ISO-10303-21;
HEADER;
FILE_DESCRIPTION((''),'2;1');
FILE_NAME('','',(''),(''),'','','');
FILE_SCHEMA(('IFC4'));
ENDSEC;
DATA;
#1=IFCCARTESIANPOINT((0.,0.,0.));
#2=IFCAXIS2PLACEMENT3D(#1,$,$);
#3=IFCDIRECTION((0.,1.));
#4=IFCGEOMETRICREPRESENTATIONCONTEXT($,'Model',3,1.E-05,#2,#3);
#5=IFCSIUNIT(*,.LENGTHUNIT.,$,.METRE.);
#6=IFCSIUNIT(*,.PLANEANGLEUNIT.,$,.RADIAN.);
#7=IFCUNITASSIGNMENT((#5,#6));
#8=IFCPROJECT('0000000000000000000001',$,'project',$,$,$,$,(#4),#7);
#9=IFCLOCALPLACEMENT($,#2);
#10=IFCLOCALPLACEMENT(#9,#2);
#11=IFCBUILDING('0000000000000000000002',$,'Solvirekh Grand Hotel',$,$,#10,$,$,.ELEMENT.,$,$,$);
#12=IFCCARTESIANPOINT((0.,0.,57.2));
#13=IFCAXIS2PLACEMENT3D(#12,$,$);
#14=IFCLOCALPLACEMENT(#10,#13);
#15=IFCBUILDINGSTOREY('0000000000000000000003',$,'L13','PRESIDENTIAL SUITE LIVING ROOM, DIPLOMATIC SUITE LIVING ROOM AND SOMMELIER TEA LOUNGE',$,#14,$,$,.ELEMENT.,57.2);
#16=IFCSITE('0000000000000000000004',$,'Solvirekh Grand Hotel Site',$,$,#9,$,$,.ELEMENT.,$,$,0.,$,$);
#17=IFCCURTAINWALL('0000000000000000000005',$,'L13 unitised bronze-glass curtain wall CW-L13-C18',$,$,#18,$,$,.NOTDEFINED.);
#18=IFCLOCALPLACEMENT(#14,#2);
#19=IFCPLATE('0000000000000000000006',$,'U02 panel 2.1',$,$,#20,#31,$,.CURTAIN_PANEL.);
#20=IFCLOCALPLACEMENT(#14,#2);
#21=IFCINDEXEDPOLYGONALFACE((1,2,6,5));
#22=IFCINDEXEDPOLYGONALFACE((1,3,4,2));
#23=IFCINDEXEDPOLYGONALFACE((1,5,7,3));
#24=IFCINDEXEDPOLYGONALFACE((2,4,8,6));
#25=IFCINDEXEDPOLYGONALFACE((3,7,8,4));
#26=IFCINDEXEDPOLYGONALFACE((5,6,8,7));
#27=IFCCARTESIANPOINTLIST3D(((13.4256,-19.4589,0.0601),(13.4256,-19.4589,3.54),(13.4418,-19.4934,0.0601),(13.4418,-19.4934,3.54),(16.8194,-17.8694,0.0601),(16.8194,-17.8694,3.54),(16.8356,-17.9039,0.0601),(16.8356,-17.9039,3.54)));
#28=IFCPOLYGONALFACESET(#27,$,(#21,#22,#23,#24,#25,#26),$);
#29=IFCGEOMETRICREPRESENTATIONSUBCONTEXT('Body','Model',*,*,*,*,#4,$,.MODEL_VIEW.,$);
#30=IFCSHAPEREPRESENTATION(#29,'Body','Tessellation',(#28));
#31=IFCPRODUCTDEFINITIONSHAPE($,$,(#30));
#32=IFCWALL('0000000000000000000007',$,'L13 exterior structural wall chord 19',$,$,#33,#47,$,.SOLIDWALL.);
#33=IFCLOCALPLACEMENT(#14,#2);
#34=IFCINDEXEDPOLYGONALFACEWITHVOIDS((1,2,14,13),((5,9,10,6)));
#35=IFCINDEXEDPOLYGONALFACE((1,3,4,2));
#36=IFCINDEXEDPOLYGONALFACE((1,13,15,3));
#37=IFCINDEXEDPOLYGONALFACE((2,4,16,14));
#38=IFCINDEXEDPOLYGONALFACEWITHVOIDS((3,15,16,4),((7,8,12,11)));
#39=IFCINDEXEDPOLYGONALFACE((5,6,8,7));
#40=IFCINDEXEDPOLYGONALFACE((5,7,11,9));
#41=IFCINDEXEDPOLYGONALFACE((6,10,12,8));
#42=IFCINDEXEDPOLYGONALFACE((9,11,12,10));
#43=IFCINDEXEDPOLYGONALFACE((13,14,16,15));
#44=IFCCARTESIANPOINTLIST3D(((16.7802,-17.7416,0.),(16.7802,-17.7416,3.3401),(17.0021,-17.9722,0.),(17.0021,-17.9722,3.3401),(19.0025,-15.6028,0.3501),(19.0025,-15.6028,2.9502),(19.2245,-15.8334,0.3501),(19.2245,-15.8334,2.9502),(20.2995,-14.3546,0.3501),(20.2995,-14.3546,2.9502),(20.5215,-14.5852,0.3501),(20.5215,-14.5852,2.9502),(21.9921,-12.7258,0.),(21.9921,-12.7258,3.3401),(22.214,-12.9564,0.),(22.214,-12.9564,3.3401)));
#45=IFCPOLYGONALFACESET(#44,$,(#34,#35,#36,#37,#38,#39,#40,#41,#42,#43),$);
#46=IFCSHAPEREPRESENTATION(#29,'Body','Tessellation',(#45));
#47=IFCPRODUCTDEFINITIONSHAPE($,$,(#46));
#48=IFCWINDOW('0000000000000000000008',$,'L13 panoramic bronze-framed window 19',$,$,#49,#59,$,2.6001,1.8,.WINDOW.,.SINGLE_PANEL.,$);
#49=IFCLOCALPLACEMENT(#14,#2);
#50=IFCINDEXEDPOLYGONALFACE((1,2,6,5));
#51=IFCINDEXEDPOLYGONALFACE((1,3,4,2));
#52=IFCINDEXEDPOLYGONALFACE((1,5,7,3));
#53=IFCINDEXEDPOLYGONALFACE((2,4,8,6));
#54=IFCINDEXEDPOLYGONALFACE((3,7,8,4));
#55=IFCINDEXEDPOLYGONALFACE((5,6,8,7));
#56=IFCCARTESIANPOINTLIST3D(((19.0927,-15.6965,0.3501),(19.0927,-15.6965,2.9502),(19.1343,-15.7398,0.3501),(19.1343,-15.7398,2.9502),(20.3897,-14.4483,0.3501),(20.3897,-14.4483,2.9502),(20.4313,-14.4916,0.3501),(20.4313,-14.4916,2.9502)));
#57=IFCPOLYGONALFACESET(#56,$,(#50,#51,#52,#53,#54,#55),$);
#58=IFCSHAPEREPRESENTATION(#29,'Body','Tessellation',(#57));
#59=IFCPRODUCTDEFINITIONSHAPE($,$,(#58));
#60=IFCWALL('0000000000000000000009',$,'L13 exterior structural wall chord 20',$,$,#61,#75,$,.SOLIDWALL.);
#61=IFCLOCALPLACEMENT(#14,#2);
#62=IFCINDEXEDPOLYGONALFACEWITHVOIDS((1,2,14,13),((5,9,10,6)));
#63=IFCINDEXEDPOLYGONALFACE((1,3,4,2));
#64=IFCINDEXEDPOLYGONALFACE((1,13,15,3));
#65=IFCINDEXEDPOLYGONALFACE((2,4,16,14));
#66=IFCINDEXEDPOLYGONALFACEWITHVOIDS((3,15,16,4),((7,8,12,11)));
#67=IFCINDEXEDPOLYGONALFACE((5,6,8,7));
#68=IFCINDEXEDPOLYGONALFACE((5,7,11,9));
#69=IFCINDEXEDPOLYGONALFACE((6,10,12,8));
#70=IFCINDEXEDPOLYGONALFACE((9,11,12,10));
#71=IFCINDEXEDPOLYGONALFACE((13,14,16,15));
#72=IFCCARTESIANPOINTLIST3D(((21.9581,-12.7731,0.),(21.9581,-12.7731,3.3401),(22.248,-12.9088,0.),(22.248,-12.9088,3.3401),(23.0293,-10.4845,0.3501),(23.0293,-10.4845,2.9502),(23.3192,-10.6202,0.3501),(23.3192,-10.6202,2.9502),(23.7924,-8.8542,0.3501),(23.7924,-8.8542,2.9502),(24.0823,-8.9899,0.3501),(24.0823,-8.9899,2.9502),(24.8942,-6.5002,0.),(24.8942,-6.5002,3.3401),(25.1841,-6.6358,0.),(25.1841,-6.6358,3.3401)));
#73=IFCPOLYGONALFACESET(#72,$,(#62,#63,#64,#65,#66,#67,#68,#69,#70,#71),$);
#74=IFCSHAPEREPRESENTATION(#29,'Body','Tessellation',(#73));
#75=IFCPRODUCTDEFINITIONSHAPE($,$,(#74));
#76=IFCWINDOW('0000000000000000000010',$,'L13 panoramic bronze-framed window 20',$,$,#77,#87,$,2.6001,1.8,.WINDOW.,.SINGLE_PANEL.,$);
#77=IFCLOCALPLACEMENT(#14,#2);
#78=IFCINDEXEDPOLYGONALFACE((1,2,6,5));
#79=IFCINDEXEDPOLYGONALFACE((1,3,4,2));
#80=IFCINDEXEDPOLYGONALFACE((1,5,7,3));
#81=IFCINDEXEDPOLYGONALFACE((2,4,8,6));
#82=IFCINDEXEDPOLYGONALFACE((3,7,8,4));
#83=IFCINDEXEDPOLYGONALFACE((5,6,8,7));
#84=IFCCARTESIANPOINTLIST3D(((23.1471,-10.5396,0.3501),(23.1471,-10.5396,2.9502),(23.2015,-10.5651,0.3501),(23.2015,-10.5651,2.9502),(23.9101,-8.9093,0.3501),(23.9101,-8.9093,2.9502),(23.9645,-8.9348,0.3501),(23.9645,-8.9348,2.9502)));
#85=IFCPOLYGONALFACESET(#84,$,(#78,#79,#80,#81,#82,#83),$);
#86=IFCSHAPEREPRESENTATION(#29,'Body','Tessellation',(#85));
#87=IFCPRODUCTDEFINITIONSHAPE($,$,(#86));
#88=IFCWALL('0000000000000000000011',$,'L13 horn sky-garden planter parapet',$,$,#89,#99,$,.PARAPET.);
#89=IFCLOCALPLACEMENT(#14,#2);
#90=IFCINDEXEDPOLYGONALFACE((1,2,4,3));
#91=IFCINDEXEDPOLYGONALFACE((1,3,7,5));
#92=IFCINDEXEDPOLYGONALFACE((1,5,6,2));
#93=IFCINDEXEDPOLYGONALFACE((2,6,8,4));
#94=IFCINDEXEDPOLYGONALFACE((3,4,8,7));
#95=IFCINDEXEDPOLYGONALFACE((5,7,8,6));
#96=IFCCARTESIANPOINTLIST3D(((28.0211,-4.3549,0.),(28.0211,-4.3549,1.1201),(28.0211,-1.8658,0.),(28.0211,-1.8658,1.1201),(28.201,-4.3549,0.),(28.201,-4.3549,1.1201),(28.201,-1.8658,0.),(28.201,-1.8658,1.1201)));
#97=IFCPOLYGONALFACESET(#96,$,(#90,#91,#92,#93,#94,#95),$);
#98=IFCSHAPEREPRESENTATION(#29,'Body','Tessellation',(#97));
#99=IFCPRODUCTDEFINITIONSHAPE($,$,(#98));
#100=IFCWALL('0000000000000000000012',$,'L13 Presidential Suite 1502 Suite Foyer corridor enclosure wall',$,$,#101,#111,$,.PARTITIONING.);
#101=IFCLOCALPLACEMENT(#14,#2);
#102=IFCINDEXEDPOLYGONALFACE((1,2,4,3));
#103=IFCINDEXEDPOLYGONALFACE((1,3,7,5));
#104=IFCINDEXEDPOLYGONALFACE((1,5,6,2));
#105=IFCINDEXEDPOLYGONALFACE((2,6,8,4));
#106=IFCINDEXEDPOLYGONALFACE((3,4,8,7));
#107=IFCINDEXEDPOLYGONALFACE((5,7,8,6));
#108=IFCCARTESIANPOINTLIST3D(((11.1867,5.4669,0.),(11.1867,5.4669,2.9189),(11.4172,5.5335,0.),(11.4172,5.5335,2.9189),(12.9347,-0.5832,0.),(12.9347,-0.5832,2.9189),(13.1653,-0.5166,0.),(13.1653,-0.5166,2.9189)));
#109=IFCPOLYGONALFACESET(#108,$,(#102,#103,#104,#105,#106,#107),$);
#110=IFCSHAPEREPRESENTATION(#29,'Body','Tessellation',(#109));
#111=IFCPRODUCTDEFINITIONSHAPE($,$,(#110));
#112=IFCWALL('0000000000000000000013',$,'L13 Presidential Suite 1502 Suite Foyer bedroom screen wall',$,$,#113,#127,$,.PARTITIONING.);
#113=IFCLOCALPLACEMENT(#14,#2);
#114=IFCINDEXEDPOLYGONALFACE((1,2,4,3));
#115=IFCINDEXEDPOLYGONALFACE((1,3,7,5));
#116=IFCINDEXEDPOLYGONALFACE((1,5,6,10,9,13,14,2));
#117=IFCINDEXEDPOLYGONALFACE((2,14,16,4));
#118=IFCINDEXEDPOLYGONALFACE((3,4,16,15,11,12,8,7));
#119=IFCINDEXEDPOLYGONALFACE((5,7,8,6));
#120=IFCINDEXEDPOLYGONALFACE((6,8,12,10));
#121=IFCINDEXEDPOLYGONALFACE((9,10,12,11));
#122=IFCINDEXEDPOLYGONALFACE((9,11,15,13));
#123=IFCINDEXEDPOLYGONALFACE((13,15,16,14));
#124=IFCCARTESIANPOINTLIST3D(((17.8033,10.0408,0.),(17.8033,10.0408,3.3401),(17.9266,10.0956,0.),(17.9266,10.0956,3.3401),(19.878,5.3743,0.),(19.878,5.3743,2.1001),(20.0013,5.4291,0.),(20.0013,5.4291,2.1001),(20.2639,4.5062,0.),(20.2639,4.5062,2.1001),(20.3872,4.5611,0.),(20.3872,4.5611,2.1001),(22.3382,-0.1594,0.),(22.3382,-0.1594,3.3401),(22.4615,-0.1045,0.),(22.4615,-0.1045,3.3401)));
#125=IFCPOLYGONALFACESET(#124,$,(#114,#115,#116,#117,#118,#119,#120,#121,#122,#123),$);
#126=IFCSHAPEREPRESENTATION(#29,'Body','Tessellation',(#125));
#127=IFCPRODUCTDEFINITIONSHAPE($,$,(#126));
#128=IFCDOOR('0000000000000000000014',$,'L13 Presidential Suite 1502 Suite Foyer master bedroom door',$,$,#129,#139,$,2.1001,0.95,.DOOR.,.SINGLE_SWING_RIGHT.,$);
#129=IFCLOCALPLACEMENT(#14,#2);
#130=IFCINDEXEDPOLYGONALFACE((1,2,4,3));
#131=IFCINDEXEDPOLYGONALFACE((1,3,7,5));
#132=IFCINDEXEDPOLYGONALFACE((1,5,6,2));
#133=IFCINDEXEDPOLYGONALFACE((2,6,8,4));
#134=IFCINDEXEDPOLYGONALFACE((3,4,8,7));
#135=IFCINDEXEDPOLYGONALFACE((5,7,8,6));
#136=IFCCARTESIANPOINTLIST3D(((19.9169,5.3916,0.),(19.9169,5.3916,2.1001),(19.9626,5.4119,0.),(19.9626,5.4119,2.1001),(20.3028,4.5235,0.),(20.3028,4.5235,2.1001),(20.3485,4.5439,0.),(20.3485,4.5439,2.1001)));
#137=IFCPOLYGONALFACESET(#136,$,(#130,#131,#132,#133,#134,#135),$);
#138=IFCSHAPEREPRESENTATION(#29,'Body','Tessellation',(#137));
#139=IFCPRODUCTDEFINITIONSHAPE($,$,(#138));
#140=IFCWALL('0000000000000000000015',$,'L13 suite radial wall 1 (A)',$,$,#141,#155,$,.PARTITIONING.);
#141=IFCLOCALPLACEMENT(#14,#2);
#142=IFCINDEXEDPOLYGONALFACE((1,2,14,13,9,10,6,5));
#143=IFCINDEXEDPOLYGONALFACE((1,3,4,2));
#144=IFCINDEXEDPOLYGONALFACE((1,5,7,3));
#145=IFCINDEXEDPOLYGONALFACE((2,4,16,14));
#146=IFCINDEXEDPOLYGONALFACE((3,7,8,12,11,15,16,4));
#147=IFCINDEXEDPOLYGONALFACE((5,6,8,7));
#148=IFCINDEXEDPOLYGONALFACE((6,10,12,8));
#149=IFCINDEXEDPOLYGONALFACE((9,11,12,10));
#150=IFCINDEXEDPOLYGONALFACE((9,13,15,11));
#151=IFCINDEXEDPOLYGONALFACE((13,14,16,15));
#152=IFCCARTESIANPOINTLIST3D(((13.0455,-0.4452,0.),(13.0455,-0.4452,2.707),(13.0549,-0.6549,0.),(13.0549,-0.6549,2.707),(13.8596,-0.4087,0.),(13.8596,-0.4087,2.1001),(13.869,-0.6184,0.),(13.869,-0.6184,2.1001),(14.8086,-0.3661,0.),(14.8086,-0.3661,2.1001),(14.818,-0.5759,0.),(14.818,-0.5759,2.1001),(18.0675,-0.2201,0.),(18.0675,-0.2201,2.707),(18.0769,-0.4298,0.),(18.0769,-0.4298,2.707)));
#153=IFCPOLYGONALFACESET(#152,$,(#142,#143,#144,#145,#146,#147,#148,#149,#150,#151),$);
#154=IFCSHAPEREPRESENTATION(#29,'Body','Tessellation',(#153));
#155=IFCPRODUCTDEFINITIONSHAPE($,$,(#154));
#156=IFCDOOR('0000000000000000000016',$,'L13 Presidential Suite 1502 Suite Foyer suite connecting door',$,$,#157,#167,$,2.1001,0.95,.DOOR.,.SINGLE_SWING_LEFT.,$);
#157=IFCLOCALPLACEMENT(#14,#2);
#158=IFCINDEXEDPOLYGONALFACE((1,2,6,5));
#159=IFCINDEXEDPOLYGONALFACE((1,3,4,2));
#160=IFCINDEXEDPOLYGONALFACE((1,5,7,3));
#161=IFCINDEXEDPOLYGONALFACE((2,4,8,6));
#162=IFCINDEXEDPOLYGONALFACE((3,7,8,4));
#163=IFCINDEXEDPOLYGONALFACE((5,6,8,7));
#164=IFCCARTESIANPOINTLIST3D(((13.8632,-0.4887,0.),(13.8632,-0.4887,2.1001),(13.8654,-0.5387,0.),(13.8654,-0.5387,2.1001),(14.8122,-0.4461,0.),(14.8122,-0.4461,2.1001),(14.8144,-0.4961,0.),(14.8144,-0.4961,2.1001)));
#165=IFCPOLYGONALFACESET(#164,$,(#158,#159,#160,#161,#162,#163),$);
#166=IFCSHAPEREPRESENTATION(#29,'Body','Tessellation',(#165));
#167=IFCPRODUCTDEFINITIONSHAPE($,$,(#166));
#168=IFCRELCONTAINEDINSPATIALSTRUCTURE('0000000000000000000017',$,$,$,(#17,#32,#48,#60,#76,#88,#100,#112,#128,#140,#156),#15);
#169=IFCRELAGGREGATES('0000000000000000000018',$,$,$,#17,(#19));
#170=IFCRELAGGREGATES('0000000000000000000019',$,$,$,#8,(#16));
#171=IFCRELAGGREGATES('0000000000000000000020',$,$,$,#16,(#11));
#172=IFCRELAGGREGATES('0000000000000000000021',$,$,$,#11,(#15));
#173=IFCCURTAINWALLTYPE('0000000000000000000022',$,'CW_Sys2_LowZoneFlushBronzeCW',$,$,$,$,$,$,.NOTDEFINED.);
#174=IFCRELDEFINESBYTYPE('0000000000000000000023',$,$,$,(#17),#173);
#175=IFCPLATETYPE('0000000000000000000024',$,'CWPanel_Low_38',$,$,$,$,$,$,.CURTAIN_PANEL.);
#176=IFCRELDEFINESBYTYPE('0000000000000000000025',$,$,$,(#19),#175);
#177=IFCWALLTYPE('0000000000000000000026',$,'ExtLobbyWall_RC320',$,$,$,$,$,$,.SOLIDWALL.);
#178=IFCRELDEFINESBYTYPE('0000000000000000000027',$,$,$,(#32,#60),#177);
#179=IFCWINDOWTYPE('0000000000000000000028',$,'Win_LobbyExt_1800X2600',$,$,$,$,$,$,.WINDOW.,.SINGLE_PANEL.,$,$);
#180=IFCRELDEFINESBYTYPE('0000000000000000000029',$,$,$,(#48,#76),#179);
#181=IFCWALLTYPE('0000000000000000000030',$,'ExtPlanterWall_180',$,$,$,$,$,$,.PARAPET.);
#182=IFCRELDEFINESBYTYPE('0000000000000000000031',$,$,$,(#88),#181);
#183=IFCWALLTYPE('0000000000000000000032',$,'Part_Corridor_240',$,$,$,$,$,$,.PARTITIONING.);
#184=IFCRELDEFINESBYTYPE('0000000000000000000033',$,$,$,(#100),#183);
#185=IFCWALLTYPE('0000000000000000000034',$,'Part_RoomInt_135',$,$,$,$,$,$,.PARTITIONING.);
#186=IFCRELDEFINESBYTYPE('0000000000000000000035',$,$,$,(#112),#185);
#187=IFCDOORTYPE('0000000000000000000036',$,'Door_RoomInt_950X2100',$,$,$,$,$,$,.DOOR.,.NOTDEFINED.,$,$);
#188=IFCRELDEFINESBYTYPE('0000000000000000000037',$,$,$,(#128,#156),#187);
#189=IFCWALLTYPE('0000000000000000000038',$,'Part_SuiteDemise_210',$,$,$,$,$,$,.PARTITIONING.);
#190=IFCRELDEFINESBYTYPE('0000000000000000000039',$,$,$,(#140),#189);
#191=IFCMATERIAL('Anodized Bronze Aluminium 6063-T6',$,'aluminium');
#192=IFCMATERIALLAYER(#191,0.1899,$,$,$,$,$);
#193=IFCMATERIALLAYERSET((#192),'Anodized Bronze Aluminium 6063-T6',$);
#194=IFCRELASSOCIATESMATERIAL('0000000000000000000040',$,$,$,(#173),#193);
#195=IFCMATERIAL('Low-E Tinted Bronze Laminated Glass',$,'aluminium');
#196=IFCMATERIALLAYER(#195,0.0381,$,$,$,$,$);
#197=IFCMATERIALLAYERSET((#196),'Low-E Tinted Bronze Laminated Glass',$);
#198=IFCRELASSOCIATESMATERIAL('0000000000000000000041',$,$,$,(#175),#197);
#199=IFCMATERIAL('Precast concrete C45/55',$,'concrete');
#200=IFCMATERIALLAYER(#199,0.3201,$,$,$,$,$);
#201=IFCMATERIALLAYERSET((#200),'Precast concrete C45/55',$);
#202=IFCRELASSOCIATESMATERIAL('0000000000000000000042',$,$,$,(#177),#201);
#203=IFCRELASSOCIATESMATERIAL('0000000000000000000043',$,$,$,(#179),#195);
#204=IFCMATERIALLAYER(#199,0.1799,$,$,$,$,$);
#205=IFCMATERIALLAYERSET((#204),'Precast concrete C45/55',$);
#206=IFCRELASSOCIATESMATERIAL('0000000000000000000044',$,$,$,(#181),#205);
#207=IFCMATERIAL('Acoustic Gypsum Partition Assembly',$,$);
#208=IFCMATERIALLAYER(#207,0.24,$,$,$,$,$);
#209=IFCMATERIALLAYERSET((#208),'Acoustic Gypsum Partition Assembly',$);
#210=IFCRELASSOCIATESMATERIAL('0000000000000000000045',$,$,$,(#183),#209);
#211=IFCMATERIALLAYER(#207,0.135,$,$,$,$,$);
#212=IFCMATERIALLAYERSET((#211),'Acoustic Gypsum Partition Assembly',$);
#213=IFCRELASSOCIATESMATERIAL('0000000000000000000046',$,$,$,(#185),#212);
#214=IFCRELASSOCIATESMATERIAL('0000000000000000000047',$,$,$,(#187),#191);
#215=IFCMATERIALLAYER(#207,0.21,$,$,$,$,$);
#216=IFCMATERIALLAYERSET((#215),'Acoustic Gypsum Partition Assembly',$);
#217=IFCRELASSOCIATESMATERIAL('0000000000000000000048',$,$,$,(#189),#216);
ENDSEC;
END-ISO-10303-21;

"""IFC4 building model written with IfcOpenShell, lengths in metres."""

from ifc_helpers import new_model, si_unit, direction, frame, frame_2d, origin, origin_2d, place, context, subcontext, project, spatial, rectangle, extrude, source, transform, mapped, material, layer, layer_set, type_object, element, fill, aggregate, save


model = new_model("IFC4")

# Units and contexts
model_context = context("Model", 3, precision=1e-05, world=origin(), true_north=direction((0.0, 1.0)))
body_context = subcontext(model_context, "Body", "Model", "MODEL_VIEW")
ifc_project = project(units=[si_unit("LENGTHUNIT", "METRE"), si_unit("PLANEANGLEUNIT", "RADIAN")], contexts=[model_context])

# Site, building, storey
site_placement = place(None, origin())
site = spatial("IfcSite", under=ifc_project, at=site_placement, Name="Solvirekh Grand Hotel Site", CompositionType="ELEMENT", RefElevation=0.0)
building_placement = place(site_placement, origin())
building = spatial("IfcBuilding", under=site, at=building_placement, Name="Solvirekh Grand Hotel", CompositionType="ELEMENT")
storey_placement = place(building_placement, frame((0.0, 0.0, 57.2)))
storey = spatial("IfcBuildingStorey", under=building, at=storey_placement, Name="L13", Description="PRESIDENTIAL SUITE LIVING ROOM, DIPLOMATIC SUITE LIVING ROOM AND SOMMELIER TEA LOUNGE", CompositionType="ELEMENT", Elevation=57.2)

# Curtain wall, plate
ifc_material_1 = material(Name="Anodized Bronze Aluminium 6063-T6", Category="aluminium")
ifc_layer_1 = layer(ifc_material_1, 0.1899)
ifc_layer_set_1 = layer_set([ifc_layer_1], Name="Anodized Bronze Aluminium 6063-T6")
curtain_wall_type = type_object("IfcCurtainWallType", Name="CW_Sys2_LowZoneFlushBronzeCW", PredefinedType="NOTDEFINED", material=ifc_layer_set_1)
curtain_wall_placement = place(storey_placement, origin())
curtain_wall = element("IfcCurtainWall", 1, at=curtain_wall_placement, inside=storey, type_object=curtain_wall_type, Name="L13 unitised bronze-glass curtain wall CW-L13-C18", PredefinedType="NOTDEFINED")
ifc_material_2 = material(Name="Low-E Tinted Bronze Laminated Glass", Category="aluminium")
ifc_layer_2 = layer(ifc_material_2, 0.0381)
ifc_layer_set_2 = layer_set([ifc_layer_2], Name="Low-E Tinted Bronze Laminated Glass")
plate_type = type_object("IfcPlateType", Name="CWPanel_Low_38", PredefinedType="CURTAIN_PANEL", material=ifc_layer_set_2)
shared_shape_1 = source(origin(), body_context, "Body", "SweptSolid", [
    extrude(rectangle(XDim=3.7476, YDim=0.0381, at=origin_2d()), origin(), (0.0, 0.0, 1.0), 3.48),
])
plate_placement = place(storey_placement, frame((15.1306, -18.6814, 0.0601), z_axis=(0.0, 0.0, 1.0), x_axis=(0.905605, 0.424121, 0.0)))
plate = element("IfcPlate", 2, at=plate_placement, type_object=plate_type, Name="U02 panel 2.1", PredefinedType="CURTAIN_PANEL", context=body_context, shape_type="MappedRepresentation", body=[
    mapped(shared_shape_1, transform((0.0, 0.0, 0.0), x_axis=(1.0, 0.0, 0.0), y_axis=(0.0, 1.0, 0.0), z_axis=(0.0, 0.0, 1.0), scale=1.0)),
])
aggregate(curtain_wall, [plate])

# Walls, openings, windows
ifc_material_3 = material(Name="Precast concrete C45/55", Category="concrete")
ifc_layer_3 = layer(ifc_material_3, 0.3201)
ifc_layer_set_3 = layer_set([ifc_layer_3], Name="Precast concrete C45/55")
wall_type_1 = type_object("IfcWallType", Name="ExtLobbyWall_RC320", PredefinedType="SOLIDWALL", material=ifc_layer_set_3)
wall_1_placement = place(storey_placement, frame((22.103, -12.8411, 0.0), z_axis=(0.0, 0.0, 1.0), x_axis=(-0.720528, -0.693426, 0.0)))
wall_1 = element("IfcWall", 3, at=wall_1_placement, inside=storey, type_object=wall_type_1, Name="L13 exterior structural wall chord 19", PredefinedType="SOLIDWALL", context=body_context, shape_type="SweptSolid", body=[
    extrude(rectangle(XDim=7.2334, YDim=0.3201, at=frame_2d((3.6167, 0.0))), origin(), (0.0, 0.0, 1.0), 3.3401),
])
opening_1_placement = place(wall_1_placement, frame((2.3491, 0.0, 0.3501)))
opening_1 = element("IfcOpeningElement", 4, at=opening_1_placement, cuts=wall_1, PredefinedType="OPENING", context=body_context, shape_type="SweptSolid", body=[
    extrude(rectangle(XDim=1.8, YDim=2.6001, at=frame_2d((0.8999, 1.3))), frame((0.0, 0.1699, 0.0), z_axis=(0.0, -1.0, 0.0), x_axis=(1.0, 0.0, 0.0)), (0.0, 0.0, 1.0), 0.3401),
])
window_type = type_object("IfcWindowType", Name="Win_LobbyExt_1800X2600", PartitioningType="SINGLE_PANEL", PredefinedType="WINDOW", material=ifc_material_2)
window_1_placement = place(opening_1_placement, origin())
window_1 = element("IfcWindow", 5, at=window_1_placement, inside=storey, type_object=window_type, Name="L13 panoramic bronze-framed window 19", OverallHeight=2.6001, OverallWidth=1.8, PartitioningType="SINGLE_PANEL", PredefinedType="WINDOW", context=body_context, shape_type="SweptSolid", body=[
    extrude(rectangle(XDim=1.8, YDim=2.6001, at=frame_2d((0.8999, 1.3))), frame((0.0, 0.03, 0.0), z_axis=(0.0, -1.0, 0.0), x_axis=(1.0, 0.0, 0.0)), (0.0, 0.0, 1.0), 0.0601),
])
fill(opening_1, window_1)
wall_2_placement = place(storey_placement, frame((25.0391, -6.5681, 0.0), z_axis=(0.0, 0.0, 1.0), x_axis=(-0.423912, -0.905703, 0.0)))
wall_2 = element("IfcWall", 6, at=wall_2_placement, inside=storey, type_object=wall_type_1, Name="L13 exterior structural wall chord 20", PredefinedType="SOLIDWALL", context=body_context, shape_type="SweptSolid", body=[
    extrude(rectangle(XDim=6.926, YDim=0.3201, at=frame_2d((3.4629, 0.0))), origin(), (0.0, 0.0, 1.0), 3.3401),
])
opening_2_placement = place(wall_2_placement, frame((2.5991, 0.0, 0.3501)))
opening_2 = element("IfcOpeningElement", 7, at=opening_2_placement, cuts=wall_2, PredefinedType="OPENING", context=body_context, shape_type="SweptSolid", body=[
    extrude(rectangle(XDim=1.8, YDim=2.6001, at=frame_2d((0.8999, 1.3))), frame((0.0, 0.1699, 0.0), z_axis=(0.0, -1.0, 0.0), x_axis=(1.0, 0.0, 0.0)), (0.0, 0.0, 1.0), 0.3401),
])
window_2_placement = place(opening_2_placement, origin())
window_2 = element("IfcWindow", 8, at=window_2_placement, inside=storey, type_object=window_type, Name="L13 panoramic bronze-framed window 20", OverallHeight=2.6001, OverallWidth=1.8, PartitioningType="SINGLE_PANEL", PredefinedType="WINDOW", context=body_context, shape_type="SweptSolid", body=[
    extrude(rectangle(XDim=1.8, YDim=2.6001, at=frame_2d((0.8999, 1.3))), frame((0.0, 0.03, 0.0), z_axis=(0.0, -1.0, 0.0), x_axis=(1.0, 0.0, 0.0)), (0.0, 0.0, 1.0), 0.0601),
])
fill(opening_2, window_2)

# Walls
ifc_layer_4 = layer(ifc_material_3, 0.1799)
ifc_layer_set_4 = layer_set([ifc_layer_4], Name="Precast concrete C45/55")
wall_type_2 = type_object("IfcWallType", Name="ExtPlanterWall_180", PredefinedType="PARAPET", material=ifc_layer_set_4)
wall_3_placement = place(storey_placement, frame((28.1111, -4.355, 0.0), z_axis=(0.0, 0.0, 1.0), x_axis=(0.0, 1.0, 0.0)))
element("IfcWall", 9, at=wall_3_placement, inside=storey, type_object=wall_type_2, Name="L13 horn sky-garden planter parapet", PredefinedType="PARAPET", context=body_context, shape_type="SweptSolid", body=[
    extrude(rectangle(XDim=2.489, YDim=0.1799, at=frame_2d((1.2446, 0.0))), origin(), (0.0, 0.0, 1.0), 1.1201),
])
ifc_material_4 = material(Name="Acoustic Gypsum Partition Assembly")
ifc_layer_5 = layer(ifc_material_4, 0.24)
ifc_layer_set_5 = layer_set([ifc_layer_5], Name="Acoustic Gypsum Partition Assembly")
wall_type_3 = type_object("IfcWallType", Name="Part_Corridor_240", PredefinedType="PARTITIONING", material=ifc_layer_set_5)
wall_4_placement = place(storey_placement, frame((13.05, -0.55, 0.0), z_axis=(0.0, 0.0, 1.0), x_axis=(-0.277577, 0.960703, 0.0)))
element("IfcWall", 10, at=wall_4_placement, inside=storey, type_object=wall_type_3, Name="L13 Presidential Suite 1502 Suite Foyer corridor enclosure wall", PredefinedType="PARTITIONING", context=body_context, shape_type="SweptSolid", body=[
    extrude(rectangle(XDim=6.2976, YDim=0.24, at=frame_2d((3.1489, 0.0))), origin(), (0.0, 0.0, 1.0), 2.9189),
])

# Walls, openings, doors
ifc_layer_6 = layer(ifc_material_4, 0.135)
ifc_layer_set_6 = layer_set([ifc_layer_6], Name="Acoustic Gypsum Partition Assembly")
wall_type_4 = type_object("IfcWallType", Name="Part_RoomInt_135", PredefinedType="PARTITIONING", material=ifc_layer_set_6)
wall_5_placement = place(storey_placement, frame((22.3999, -0.1321, 0.0), z_axis=(0.0, 0.0, 1.0), x_axis=(-0.40625, 0.913762, 0.0)))
wall_5 = element("IfcWall", 11, at=wall_5_placement, inside=storey, type_object=wall_type_4, Name="L13 Presidential Suite 1502 Suite Foyer bedroom screen wall", PredefinedType="PARTITIONING", context=body_context, shape_type="SweptSolid", body=[
    extrude(rectangle(XDim=11.1628, YDim=0.135, at=frame_2d((5.5815, 0.0))), origin(), (0.0, 0.0, 1.0), 3.3401),
])
opening_3_placement = place(wall_5_placement, frame((5.106, 0.0, 0.0)))
opening_3 = element("IfcOpeningElement", 12, at=opening_3_placement, cuts=wall_5, PredefinedType="OPENING", context=body_context, shape_type="SweptSolid", body=[
    extrude(rectangle(XDim=0.95, YDim=2.1001, at=frame_2d((0.4751, 1.05))), frame((0.0, 0.0776, 0.0), z_axis=(0.0, -1.0, 0.0), x_axis=(1.0, 0.0, 0.0)), (0.0, 0.0, 1.0), 0.155),
])
door_type = type_object("IfcDoorType", Name="Door_RoomInt_950X2100", OperationType="NOTDEFINED", PredefinedType="DOOR", material=ifc_material_1)
door_1_placement = place(opening_3_placement, origin())
door_1 = element("IfcDoor", 13, at=door_1_placement, inside=storey, type_object=door_type, Name="L13 Presidential Suite 1502 Suite Foyer master bedroom door", OperationType="SINGLE_SWING_RIGHT", OverallHeight=2.1001, OverallWidth=0.95, PredefinedType="DOOR", context=body_context, shape_type="SweptSolid", body=[
    extrude(rectangle(XDim=0.95, YDim=2.1001, at=frame_2d((0.4751, 1.05))), frame((0.0, 0.0249, 0.0), z_axis=(0.0, -1.0, 0.0), x_axis=(1.0, 0.0, 0.0)), (0.0, 0.0, 1.0), 0.05),
])
fill(opening_3, door_1)
ifc_layer_7 = layer(ifc_material_4, 0.21)
ifc_layer_set_7 = layer_set([ifc_layer_7], Name="Acoustic Gypsum Partition Assembly")
wall_type_5 = type_object("IfcWallType", Name="Part_SuiteDemise_210", PredefinedType="PARTITIONING", material=ifc_layer_set_7)
wall_6_placement = place(storey_placement, frame((13.05, -0.55, 0.0), z_axis=(0.0, 0.0, 1.0), x_axis=(0.998997, 0.044778, 0.0)))
wall_6 = element("IfcWall", 14, at=wall_6_placement, inside=storey, type_object=wall_type_5, Name="L13 suite radial wall 1 (A)", PredefinedType="PARTITIONING", context=body_context, shape_type="SweptSolid", body=[
    extrude(rectangle(XDim=5.0271, YDim=0.21, at=frame_2d((2.5137, 0.0))), origin(), (0.0, 0.0, 1.0), 2.707),
])
opening_4_placement = place(wall_6_placement, frame((0.8149, 0.0, 0.0)))
opening_4 = element("IfcOpeningElement", 15, at=opening_4_placement, cuts=wall_6, PredefinedType="OPENING", context=body_context, shape_type="SweptSolid", body=[
    extrude(rectangle(XDim=0.95, YDim=2.1001, at=frame_2d((0.4751, 1.05))), frame((0.0, 0.115, 0.0), z_axis=(0.0, -1.0, 0.0), x_axis=(1.0, 0.0, 0.0)), (0.0, 0.0, 1.0), 0.23),
])
door_2_placement = place(opening_4_placement, origin())
door_2 = element("IfcDoor", 16, at=door_2_placement, inside=storey, type_object=door_type, Name="L13 Presidential Suite 1502 Suite Foyer suite connecting door", OperationType="SINGLE_SWING_LEFT", OverallHeight=2.1001, OverallWidth=0.95, PredefinedType="DOOR", context=body_context, shape_type="SweptSolid", body=[
    extrude(rectangle(XDim=0.95, YDim=2.1001, at=frame_2d((0.4751, 1.05))), frame((0.0, 0.0249, 0.0), z_axis=(0.0, -1.0, 0.0), x_axis=(1.0, 0.0, 0.0)), (0.0, 0.0, 1.0), 0.05),
])
fill(opening_4, door_2)

save(model, "model.ifc")
